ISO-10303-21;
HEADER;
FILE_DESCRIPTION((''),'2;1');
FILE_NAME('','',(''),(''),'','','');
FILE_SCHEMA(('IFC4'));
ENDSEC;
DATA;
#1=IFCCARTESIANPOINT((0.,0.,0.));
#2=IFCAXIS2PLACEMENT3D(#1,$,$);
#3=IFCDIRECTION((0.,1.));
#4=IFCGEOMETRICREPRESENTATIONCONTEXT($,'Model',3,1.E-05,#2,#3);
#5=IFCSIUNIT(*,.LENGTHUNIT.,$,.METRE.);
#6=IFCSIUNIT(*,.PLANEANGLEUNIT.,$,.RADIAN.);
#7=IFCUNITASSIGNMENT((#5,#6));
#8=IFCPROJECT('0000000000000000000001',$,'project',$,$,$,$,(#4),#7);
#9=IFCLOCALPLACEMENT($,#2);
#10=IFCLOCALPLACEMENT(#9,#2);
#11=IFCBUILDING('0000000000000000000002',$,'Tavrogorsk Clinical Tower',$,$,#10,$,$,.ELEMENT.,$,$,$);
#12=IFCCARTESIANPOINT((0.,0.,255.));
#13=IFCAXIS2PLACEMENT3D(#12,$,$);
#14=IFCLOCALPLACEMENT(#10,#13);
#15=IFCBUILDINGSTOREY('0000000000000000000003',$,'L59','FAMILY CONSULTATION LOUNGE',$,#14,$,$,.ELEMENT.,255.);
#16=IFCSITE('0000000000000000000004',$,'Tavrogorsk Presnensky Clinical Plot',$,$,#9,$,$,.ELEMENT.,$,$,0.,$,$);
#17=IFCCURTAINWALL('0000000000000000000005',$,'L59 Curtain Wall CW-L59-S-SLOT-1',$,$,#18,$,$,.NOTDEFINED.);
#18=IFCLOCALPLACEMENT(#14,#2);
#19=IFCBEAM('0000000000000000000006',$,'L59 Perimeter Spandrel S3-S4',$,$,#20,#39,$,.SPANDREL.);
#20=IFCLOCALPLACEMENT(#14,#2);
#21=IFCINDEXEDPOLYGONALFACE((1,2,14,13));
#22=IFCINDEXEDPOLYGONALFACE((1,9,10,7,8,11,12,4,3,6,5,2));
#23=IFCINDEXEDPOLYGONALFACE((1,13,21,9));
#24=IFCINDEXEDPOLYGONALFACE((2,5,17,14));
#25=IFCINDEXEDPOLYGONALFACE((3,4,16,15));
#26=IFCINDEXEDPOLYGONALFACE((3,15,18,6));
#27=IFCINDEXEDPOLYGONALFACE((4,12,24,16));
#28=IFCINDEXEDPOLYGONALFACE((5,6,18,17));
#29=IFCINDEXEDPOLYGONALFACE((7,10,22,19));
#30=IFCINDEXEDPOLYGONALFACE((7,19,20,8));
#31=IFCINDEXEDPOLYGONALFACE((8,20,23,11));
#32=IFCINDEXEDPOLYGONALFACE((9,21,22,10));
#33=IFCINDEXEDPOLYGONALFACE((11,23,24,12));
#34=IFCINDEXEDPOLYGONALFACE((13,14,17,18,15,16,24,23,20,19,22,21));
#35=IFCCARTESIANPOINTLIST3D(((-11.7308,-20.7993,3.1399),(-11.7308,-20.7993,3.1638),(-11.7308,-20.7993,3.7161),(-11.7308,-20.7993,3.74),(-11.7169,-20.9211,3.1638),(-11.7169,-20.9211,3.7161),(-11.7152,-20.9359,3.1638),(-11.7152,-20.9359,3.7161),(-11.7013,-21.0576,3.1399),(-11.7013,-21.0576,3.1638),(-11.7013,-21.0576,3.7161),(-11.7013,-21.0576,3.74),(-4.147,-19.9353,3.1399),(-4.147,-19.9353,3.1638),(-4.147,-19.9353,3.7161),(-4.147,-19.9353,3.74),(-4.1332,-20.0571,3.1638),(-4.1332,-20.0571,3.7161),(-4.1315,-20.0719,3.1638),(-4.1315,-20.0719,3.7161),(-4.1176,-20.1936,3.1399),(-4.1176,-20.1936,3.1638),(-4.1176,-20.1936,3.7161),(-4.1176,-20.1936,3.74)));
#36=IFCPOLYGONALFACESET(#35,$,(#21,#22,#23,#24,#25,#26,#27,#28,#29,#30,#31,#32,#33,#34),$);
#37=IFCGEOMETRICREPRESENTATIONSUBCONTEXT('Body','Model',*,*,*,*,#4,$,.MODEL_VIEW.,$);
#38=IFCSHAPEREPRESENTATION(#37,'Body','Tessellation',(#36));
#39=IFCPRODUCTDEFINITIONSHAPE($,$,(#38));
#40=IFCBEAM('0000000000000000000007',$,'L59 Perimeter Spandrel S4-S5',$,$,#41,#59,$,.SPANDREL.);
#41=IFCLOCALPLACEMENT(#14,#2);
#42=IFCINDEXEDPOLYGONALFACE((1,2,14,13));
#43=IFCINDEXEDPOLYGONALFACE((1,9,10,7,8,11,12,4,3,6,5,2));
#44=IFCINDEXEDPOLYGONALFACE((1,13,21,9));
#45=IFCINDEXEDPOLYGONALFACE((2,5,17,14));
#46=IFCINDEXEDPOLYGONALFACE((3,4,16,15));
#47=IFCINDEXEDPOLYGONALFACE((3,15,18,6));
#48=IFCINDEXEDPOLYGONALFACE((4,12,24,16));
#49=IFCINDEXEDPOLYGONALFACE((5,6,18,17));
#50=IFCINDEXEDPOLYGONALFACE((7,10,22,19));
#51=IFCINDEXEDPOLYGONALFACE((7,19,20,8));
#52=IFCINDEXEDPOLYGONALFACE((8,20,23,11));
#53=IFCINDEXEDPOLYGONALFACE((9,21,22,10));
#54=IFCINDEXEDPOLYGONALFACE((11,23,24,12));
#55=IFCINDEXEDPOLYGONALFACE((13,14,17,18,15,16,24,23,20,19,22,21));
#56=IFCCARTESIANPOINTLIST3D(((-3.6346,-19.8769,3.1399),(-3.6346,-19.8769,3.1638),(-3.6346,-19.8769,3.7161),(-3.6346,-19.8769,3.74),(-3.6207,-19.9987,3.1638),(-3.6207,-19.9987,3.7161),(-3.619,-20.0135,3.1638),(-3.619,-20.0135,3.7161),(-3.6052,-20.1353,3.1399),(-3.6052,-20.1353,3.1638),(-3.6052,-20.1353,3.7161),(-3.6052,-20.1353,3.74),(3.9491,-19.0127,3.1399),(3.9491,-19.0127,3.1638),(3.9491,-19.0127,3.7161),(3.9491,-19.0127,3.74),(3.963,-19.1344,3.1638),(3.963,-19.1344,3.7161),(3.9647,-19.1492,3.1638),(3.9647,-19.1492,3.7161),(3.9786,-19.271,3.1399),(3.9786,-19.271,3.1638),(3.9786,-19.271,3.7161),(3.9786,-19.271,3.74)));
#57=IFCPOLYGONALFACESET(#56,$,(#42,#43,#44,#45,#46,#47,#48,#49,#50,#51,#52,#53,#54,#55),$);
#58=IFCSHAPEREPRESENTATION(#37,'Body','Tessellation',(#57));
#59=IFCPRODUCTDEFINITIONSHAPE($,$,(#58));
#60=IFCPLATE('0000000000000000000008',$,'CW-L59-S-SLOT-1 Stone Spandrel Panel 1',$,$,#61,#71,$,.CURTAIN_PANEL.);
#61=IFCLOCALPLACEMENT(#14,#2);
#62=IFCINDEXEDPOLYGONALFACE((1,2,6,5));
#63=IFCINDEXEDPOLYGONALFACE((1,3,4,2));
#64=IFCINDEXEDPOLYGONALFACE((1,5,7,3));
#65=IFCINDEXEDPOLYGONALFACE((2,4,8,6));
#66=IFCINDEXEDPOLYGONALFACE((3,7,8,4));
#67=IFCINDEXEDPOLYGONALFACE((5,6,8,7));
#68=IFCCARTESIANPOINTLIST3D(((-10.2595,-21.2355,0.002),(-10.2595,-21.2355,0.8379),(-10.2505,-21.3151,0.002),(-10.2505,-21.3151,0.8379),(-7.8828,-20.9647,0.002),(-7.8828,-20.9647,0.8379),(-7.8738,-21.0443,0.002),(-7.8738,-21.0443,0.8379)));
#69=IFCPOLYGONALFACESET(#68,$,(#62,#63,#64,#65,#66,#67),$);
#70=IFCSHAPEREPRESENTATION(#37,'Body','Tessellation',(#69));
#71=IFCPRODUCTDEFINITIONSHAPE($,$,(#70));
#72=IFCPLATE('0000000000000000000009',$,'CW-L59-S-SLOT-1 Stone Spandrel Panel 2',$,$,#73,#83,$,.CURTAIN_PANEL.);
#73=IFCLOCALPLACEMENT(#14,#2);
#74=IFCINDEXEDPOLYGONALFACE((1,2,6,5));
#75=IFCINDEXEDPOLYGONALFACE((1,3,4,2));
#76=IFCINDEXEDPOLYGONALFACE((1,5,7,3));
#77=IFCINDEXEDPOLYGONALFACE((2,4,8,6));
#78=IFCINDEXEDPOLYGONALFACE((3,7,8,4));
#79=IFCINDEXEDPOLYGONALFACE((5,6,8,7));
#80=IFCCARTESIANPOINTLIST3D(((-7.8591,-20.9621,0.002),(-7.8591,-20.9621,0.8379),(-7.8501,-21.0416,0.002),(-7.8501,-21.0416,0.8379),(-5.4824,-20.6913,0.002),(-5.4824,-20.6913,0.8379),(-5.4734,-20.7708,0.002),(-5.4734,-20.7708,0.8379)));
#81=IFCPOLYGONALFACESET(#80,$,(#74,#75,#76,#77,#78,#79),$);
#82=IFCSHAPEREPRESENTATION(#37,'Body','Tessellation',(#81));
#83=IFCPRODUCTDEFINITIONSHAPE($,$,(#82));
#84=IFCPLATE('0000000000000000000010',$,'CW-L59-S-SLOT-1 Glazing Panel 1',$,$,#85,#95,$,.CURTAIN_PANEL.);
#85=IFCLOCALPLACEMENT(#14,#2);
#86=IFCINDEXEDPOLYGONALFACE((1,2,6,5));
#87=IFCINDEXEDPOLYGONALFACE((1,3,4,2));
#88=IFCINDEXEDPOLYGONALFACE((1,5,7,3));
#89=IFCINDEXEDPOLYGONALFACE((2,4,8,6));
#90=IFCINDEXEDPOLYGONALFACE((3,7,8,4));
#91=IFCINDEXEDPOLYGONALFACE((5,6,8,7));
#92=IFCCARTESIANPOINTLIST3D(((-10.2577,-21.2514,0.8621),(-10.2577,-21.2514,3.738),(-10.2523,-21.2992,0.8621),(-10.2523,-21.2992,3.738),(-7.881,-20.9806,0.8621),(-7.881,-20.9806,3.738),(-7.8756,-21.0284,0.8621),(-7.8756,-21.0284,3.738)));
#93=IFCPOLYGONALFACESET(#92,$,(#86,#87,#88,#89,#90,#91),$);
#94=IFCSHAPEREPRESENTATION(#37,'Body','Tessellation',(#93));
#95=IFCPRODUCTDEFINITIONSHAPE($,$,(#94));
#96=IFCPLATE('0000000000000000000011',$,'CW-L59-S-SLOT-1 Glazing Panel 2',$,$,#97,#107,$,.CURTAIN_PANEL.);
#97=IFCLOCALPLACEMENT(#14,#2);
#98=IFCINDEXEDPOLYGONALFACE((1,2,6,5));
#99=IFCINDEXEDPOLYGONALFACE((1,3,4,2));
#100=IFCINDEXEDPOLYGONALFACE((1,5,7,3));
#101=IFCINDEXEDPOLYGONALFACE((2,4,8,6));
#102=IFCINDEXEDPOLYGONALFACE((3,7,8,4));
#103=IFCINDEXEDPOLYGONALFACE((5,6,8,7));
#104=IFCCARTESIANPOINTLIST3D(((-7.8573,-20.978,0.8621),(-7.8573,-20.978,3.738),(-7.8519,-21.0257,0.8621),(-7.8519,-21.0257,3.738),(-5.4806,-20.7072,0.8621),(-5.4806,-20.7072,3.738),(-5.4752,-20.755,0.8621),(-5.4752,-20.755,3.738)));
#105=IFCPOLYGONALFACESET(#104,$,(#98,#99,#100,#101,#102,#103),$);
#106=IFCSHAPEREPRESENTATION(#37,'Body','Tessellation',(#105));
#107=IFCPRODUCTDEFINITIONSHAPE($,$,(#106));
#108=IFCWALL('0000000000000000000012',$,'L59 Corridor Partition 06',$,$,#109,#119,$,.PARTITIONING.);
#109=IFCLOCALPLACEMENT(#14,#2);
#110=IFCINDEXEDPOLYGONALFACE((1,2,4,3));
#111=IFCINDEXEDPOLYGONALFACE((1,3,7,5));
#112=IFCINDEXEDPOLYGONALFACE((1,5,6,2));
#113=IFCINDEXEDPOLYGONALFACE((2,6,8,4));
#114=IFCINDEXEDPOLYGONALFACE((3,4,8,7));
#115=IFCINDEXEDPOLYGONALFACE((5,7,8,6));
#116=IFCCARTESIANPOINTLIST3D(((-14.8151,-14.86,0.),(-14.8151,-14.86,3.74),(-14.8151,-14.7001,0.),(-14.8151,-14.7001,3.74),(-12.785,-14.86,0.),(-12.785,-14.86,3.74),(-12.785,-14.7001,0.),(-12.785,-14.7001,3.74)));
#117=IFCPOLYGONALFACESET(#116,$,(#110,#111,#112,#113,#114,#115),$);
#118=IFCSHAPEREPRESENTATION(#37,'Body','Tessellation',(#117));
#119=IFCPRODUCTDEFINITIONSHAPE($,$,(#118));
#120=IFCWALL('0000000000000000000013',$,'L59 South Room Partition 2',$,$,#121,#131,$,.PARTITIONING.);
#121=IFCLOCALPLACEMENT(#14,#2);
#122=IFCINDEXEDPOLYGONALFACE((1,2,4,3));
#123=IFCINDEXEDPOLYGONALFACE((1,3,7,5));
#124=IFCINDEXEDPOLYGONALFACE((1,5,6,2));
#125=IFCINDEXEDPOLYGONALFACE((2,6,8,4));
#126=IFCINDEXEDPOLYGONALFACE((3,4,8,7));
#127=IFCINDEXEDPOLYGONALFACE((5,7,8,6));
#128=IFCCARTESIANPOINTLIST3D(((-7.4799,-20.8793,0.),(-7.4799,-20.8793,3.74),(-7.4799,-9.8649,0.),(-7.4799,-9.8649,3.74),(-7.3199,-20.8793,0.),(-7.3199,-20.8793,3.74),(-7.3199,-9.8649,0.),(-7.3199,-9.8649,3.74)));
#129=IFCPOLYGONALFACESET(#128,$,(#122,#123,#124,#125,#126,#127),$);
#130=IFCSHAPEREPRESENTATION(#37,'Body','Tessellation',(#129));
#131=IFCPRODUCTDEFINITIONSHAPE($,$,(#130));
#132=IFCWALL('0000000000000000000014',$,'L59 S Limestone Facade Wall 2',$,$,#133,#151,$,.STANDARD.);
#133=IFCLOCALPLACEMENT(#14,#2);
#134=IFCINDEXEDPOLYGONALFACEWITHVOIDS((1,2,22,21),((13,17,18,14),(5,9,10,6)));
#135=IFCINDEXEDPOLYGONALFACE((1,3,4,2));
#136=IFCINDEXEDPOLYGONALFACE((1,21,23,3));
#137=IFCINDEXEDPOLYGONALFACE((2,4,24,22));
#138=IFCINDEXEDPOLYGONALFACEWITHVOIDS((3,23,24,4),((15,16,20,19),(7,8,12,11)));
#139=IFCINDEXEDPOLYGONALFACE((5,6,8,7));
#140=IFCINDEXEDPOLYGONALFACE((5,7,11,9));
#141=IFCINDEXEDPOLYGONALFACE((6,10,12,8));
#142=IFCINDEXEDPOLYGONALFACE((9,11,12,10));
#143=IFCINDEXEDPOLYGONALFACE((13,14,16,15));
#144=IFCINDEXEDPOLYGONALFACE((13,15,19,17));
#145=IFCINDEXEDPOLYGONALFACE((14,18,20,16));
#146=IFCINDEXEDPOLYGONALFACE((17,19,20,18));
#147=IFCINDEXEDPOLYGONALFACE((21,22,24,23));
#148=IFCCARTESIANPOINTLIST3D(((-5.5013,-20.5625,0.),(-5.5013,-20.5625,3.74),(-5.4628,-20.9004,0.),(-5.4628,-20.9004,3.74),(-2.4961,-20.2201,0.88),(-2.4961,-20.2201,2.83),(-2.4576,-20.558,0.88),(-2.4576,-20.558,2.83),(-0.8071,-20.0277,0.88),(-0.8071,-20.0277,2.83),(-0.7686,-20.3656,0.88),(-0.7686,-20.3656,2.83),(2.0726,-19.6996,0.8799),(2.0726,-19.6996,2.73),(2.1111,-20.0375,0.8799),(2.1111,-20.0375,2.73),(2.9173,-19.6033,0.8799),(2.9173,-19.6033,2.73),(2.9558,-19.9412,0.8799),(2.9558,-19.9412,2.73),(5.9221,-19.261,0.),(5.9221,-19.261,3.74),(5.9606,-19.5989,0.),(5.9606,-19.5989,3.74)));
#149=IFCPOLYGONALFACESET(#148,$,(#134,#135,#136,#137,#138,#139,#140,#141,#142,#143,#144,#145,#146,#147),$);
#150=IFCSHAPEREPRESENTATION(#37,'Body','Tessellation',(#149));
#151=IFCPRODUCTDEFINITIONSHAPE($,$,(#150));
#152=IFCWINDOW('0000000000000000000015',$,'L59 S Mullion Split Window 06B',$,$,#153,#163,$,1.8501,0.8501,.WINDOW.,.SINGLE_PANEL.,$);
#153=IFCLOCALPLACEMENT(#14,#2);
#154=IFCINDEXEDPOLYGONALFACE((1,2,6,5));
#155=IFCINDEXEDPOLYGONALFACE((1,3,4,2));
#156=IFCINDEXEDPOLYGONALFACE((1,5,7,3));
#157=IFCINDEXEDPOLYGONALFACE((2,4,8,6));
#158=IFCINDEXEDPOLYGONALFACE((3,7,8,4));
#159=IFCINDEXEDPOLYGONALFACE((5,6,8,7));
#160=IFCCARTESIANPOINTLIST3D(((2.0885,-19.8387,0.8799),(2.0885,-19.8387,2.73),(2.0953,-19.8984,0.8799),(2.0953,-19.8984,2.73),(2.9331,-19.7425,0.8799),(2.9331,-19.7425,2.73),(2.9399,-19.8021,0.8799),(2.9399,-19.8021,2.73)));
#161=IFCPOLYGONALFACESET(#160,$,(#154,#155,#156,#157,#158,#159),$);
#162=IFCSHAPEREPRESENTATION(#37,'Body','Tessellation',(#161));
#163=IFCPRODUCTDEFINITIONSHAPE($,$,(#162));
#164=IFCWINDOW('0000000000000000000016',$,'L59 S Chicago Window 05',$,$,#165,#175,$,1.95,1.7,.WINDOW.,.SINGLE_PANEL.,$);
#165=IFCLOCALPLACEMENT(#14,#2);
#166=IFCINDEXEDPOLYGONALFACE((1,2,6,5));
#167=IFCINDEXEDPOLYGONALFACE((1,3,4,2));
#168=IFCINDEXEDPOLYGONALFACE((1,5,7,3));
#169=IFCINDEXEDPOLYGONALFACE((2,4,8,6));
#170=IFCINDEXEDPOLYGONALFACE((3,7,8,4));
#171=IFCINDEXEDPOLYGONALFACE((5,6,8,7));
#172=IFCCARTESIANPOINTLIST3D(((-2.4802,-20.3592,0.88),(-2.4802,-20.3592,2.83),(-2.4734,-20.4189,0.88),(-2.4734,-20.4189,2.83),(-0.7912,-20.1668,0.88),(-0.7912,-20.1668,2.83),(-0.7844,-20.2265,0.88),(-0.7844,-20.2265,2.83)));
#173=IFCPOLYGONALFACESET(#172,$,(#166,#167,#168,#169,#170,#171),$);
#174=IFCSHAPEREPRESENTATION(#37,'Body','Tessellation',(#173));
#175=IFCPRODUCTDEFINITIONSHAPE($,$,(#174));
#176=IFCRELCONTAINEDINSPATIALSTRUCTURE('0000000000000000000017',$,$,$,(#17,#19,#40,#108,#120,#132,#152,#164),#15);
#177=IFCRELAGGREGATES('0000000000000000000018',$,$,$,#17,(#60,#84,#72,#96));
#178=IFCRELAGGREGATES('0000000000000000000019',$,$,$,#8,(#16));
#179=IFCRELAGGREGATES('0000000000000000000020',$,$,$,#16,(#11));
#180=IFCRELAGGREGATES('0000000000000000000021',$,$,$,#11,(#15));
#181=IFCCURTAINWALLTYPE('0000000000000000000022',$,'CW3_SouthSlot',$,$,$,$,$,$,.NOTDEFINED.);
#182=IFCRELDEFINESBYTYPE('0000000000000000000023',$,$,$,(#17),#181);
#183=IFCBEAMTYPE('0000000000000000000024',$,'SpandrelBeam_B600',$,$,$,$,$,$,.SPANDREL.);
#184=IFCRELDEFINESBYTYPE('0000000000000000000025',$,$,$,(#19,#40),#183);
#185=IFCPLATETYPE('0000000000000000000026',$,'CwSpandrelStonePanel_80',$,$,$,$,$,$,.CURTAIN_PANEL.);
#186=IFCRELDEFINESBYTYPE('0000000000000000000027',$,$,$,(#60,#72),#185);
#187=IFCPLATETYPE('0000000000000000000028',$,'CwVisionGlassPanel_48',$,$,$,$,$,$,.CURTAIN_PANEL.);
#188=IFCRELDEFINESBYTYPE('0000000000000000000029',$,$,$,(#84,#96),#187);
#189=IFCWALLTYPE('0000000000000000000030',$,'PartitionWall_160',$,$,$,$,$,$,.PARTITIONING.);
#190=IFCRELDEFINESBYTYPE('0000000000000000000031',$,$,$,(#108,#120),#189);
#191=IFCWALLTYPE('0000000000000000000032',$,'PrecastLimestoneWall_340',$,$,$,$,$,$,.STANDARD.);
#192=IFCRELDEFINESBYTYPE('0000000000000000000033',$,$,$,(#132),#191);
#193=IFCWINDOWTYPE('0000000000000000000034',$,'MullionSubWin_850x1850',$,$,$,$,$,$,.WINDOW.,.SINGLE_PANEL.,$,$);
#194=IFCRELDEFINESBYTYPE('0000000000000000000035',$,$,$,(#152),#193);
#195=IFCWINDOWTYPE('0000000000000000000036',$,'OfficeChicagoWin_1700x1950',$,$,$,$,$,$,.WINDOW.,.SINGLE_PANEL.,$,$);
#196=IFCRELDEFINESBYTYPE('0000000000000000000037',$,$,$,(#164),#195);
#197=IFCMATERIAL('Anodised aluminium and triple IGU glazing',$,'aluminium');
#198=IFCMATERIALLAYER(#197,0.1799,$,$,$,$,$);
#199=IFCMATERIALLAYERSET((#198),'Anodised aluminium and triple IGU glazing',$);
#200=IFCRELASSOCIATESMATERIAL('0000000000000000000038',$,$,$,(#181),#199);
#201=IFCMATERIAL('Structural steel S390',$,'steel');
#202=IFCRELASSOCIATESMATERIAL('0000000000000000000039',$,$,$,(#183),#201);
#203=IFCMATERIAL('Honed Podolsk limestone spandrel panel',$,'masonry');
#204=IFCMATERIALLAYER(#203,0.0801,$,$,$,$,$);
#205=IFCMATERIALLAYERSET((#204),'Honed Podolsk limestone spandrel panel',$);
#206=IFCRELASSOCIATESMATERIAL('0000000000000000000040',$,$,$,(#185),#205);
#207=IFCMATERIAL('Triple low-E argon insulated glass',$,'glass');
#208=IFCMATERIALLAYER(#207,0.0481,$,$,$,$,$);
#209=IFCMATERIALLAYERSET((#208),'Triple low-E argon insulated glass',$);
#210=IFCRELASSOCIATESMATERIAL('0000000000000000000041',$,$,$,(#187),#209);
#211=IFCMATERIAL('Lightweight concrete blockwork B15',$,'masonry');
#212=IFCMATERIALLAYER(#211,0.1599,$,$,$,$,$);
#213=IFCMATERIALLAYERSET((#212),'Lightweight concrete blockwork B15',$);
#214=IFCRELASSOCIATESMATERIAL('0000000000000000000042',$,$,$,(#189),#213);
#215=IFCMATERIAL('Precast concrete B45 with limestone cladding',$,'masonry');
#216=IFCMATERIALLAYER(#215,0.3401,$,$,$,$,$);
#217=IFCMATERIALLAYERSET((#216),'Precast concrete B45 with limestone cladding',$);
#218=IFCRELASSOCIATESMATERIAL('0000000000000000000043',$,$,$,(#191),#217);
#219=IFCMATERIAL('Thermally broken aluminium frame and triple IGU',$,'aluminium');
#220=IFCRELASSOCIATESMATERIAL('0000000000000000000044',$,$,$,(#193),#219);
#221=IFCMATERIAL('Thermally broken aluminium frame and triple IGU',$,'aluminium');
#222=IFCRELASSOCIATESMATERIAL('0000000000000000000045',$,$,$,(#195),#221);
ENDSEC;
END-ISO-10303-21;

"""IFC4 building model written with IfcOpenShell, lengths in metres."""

from ifc_helpers import new_model, si_unit, direction, frame, frame_2d, origin, origin_2d, place, context, subcontext, project, spatial, rectangle, i_section, extrude, material, layer, layer_set, material_profile, profile_set, type_object, element, fill, aggregate, save


model = new_model("IFC4")

# Units and contexts
model_context = context("Model", 3, precision=1e-05, world=origin(), true_north=direction((0.0, 1.0)))
body_context = subcontext(model_context, "Body", "Model", "MODEL_VIEW")
ifc_project = project(units=[si_unit("LENGTHUNIT", "METRE"), si_unit("PLANEANGLEUNIT", "RADIAN")], contexts=[model_context])

# Site, building, storey
site_placement = place(None, origin())
site = spatial("IfcSite", under=ifc_project, at=site_placement, Name="Tavrogorsk Presnensky Clinical Plot", CompositionType="ELEMENT", RefElevation=0.0)
building_placement = place(site_placement, origin())
building = spatial("IfcBuilding", under=site, at=building_placement, Name="Tavrogorsk Clinical Tower", CompositionType="ELEMENT")
storey_placement = place(building_placement, frame((0.0, 0.0, 255.0)))
storey = spatial("IfcBuildingStorey", under=building, at=storey_placement, Name="L59", Description="FAMILY CONSULTATION LOUNGE", CompositionType="ELEMENT", Elevation=255.0)

# Curtain wall
ifc_material_1 = material(Name="Anodised aluminium and triple IGU glazing", Category="aluminium")
ifc_layer_1 = layer(ifc_material_1, 0.1799)
ifc_layer_set_1 = layer_set([ifc_layer_1], Name="Anodised aluminium and triple IGU glazing")
curtain_wall_type = type_object("IfcCurtainWallType", Name="CW3_SouthSlot", PredefinedType="NOTDEFINED", material=ifc_layer_set_1)
curtain_wall_placement = place(storey_placement, origin())
curtain_wall = element("IfcCurtainWall", 1, at=curtain_wall_placement, inside=storey, type_object=curtain_wall_type, Name="L59 Curtain Wall CW-L59-S-SLOT-1", PredefinedType="NOTDEFINED")

# Beams
ifc_material_2 = material(Name="Structural steel S390", Category="steel")
ifc_material_profile_1 = material_profile(ifc_material_2, i_section(OverallWidth=0.26, OverallDepth=0.6001, WebThickness=0.0149, FlangeThickness=0.0239, at=origin_2d()), Name="B-600x260x15x24")
ifc_profile_set_1 = profile_set([ifc_material_profile_1], Name="Structural steel S390")
beam_type = type_object("IfcBeamType", Name="SpandrelBeam_B600", PredefinedType="SPANDREL", material=ifc_profile_set_1)
for number, where, z_axis, x_axis, name in (
    (2, (-11.7161, -20.9285, 3.4399), (0.993573, 0.113197, 0.0), (-0.113197, 0.993573, 0.0), "L59 Perimeter Spandrel S3-S4"),
    (3, (-3.6199, -20.0061, 3.4399), (0.993569, 0.113229, 0.0), (-0.113229, 0.993569, 0.0), "L59 Perimeter Spandrel S4-S5"),
):
    element("IfcBeam", number, at=place(storey_placement, frame(where, z_axis=z_axis, x_axis=x_axis)), inside=storey, type_object=beam_type, Name=name, PredefinedType="SPANDREL", context=body_context, shape_type="SweptSolid", body=[
        extrude(i_section(OverallWidth=0.26, OverallDepth=0.6001, WebThickness=0.0149, FlangeThickness=0.0239, at=origin_2d()), origin(), (0.0, 0.0, 1.0), 7.6328),
    ])

# Plates
ifc_material_3 = material(Name="Honed Podolsk limestone spandrel panel", Category="masonry")
ifc_layer_2 = layer(ifc_material_3, 0.0801)
ifc_layer_set_2 = layer_set([ifc_layer_2], Name="Honed Podolsk limestone spandrel panel")
plate_type_1 = type_object("IfcPlateType", Name="CwSpandrelStonePanel_80", PredefinedType="CURTAIN_PANEL", material=ifc_layer_set_2)
plate_1_placement = place(storey_placement, frame((-9.0667, -21.1399, 0.002), z_axis=(0.0, 0.0, 1.0), x_axis=(0.993572, 0.113203, 0.0)))
plate_1 = element("IfcPlate", 4, at=plate_1_placement, type_object=plate_type_1, Name="CW-L59-S-SLOT-1 Stone Spandrel Panel 1", PredefinedType="CURTAIN_PANEL", context=body_context, shape_type="SweptSolid", body=[
    extrude(rectangle(XDim=2.3921, YDim=0.0801, at=origin_2d()), origin(), (0.0, 0.0, 1.0), 0.8359),
])
plate_2_placement = place(storey_placement, frame((-6.6663, -20.8665, 0.002), z_axis=(0.0, 0.0, 1.0), x_axis=(0.993572, 0.113203, 0.0)))
plate_2 = element("IfcPlate", 5, at=plate_2_placement, type_object=plate_type_1, Name="CW-L59-S-SLOT-1 Stone Spandrel Panel 2", PredefinedType="CURTAIN_PANEL", context=body_context, shape_type="SweptSolid", body=[
    extrude(rectangle(XDim=2.3921, YDim=0.0801, at=origin_2d()), origin(), (0.0, 0.0, 1.0), 0.8359),
])
ifc_material_4 = material(Name="Triple low-E argon insulated glass", Category="glass")
ifc_layer_3 = layer(ifc_material_4, 0.0481)
ifc_layer_set_3 = layer_set([ifc_layer_3], Name="Triple low-E argon insulated glass")
plate_type_2 = type_object("IfcPlateType", Name="CwVisionGlassPanel_48", PredefinedType="CURTAIN_PANEL", material=ifc_layer_set_3)
plate_3_placement = place(storey_placement, frame((-9.0667, -21.1399, 0.8621), z_axis=(0.0, 0.0, 1.0), x_axis=(0.993572, 0.113203, 0.0)))
plate_3 = element("IfcPlate", 6, at=plate_3_placement, type_object=plate_type_2, Name="CW-L59-S-SLOT-1 Glazing Panel 1", PredefinedType="CURTAIN_PANEL", context=body_context, shape_type="SweptSolid", body=[
    extrude(rectangle(XDim=2.3921, YDim=0.0481, at=origin_2d()), origin(), (0.0, 0.0, 1.0), 2.876),
])
plate_4_placement = place(storey_placement, frame((-6.6663, -20.8665, 0.8621), z_axis=(0.0, 0.0, 1.0), x_axis=(0.993572, 0.113203, 0.0)))
plate_4 = element("IfcPlate", 7, at=plate_4_placement, type_object=plate_type_2, Name="CW-L59-S-SLOT-1 Glazing Panel 2", PredefinedType="CURTAIN_PANEL", context=body_context, shape_type="SweptSolid", body=[
    extrude(rectangle(XDim=2.3921, YDim=0.0481, at=origin_2d()), origin(), (0.0, 0.0, 1.0), 2.876),
])
aggregate(curtain_wall, [plate_1, plate_3, plate_2, plate_4])

# Walls
ifc_material_5 = material(Name="Lightweight concrete blockwork B15", Category="masonry")
ifc_layer_4 = layer(ifc_material_5, 0.1599)
ifc_layer_set_4 = layer_set([ifc_layer_4], Name="Lightweight concrete blockwork B15")
wall_type_1 = type_object("IfcWallType", Name="PartitionWall_160", PredefinedType="PARTITIONING", material=ifc_layer_set_4)
wall_1_placement = place(storey_placement, frame((-12.7849, -14.78, 0.0), z_axis=(0.0, 0.0, 1.0), x_axis=(-1.0, 0.0, 0.0)))
element("IfcWall", 8, at=wall_1_placement, inside=storey, type_object=wall_type_1, Name="L59 Corridor Partition 06", PredefinedType="PARTITIONING", context=body_context, shape_type="SweptSolid", body=[
    extrude(rectangle(XDim=2.03, YDim=0.1599, at=frame_2d((1.0151, 0.0))), origin(), (0.0, 0.0, 1.0), 3.74),
])
wall_2_placement = place(storey_placement, frame((-7.3999, -20.8794, 0.0), z_axis=(0.0, 0.0, 1.0), x_axis=(0.0, 1.0, 0.0)))
element("IfcWall", 9, at=wall_2_placement, inside=storey, type_object=wall_type_1, Name="L59 South Room Partition 2", PredefinedType="PARTITIONING", context=body_context, shape_type="SweptSolid", body=[
    extrude(rectangle(XDim=11.0144, YDim=0.1599, at=frame_2d((5.5073, 0.0))), origin(), (0.0, 0.0, 1.0), 3.74),
])

# Wall, openings, windows
ifc_material_6 = material(Name="Precast concrete B45 with limestone cladding", Category="masonry")
ifc_layer_5 = layer(ifc_material_6, 0.3401)
ifc_layer_set_5 = layer_set([ifc_layer_5], Name="Precast concrete B45 with limestone cladding")
wall_type_2 = type_object("IfcWallType", Name="PrecastLimestoneWall_340", PredefinedType="STANDARD", material=ifc_layer_set_5)
wall_3_placement = place(storey_placement, frame((-5.4819, -20.7314, 0.0), z_axis=(0.0, 0.0, 1.0), x_axis=(0.993572, 0.113202, 0.0)))
wall_3 = element("IfcWall", 10, at=wall_3_placement, inside=storey, type_object=wall_type_2, Name="L59 S Limestone Facade Wall 2", PredefinedType="STANDARD", context=body_context, shape_type="SweptSolid", body=[
    extrude(rectangle(XDim=11.4973, YDim=0.3401, at=frame_2d((5.7485, 0.0))), origin(), (0.0, 0.0, 1.0), 3.74),
])
opening_1_placement = place(wall_3_placement, frame((3.0244, 0.0, 0.8799)))
opening_1 = element("IfcOpeningElement", 11, at=opening_1_placement, cuts=wall_3, PredefinedType="OPENING", context=body_context, shape_type="SweptSolid", body=[
    extrude(rectangle(XDim=1.7, YDim=1.95, at=frame_2d((0.8501, 0.9751))), frame((0.0, 0.1799, 0.0), z_axis=(0.0, -1.0, 0.0), x_axis=(1.0, 0.0, 0.0)), (0.0, 0.0, 1.0), 0.3601),
])
opening_2_placement = place(wall_3_placement, frame((7.6228, 0.0, 0.8799)))
opening_2 = element("IfcOpeningElement", 12, at=opening_2_placement, cuts=wall_3, PredefinedType="OPENING", context=body_context, shape_type="SweptSolid", body=[
    extrude(rectangle(XDim=0.8501, YDim=1.8501, at=frame_2d((0.425, 0.925))), frame((0.0, 0.1799, 0.0), z_axis=(0.0, -1.0, 0.0), x_axis=(1.0, 0.0, 0.0)), (0.0, 0.0, 1.0), 0.3601),
])
ifc_material_7 = material(Name="Thermally broken aluminium frame and triple IGU", Category="aluminium")
window_type_1 = type_object("IfcWindowType", Name="MullionSubWin_850x1850", PartitioningType="SINGLE_PANEL", PredefinedType="WINDOW", material=ifc_material_7)
window_1_placement = place(opening_2_placement, origin())
window_1 = element("IfcWindow", 13, at=window_1_placement, inside=storey, type_object=window_type_1, Name="L59 S Mullion Split Window 06B", OverallHeight=1.8501, OverallWidth=0.8501, PartitioningType="SINGLE_PANEL", PredefinedType="WINDOW", context=body_context, shape_type="SweptSolid", body=[
    extrude(rectangle(XDim=0.8501, YDim=1.8501, at=frame_2d((0.425, 0.925))), frame((0.0, 0.03, 0.0), z_axis=(0.0, -1.0, 0.0), x_axis=(1.0, 0.0, 0.0)), (0.0, 0.0, 1.0), 0.0601),
])
fill(opening_2, window_1)
ifc_material_8 = material(Name="Thermally broken aluminium frame and triple IGU", Category="aluminium")
window_type_2 = type_object("IfcWindowType", Name="OfficeChicagoWin_1700x1950", PartitioningType="SINGLE_PANEL", PredefinedType="WINDOW", material=ifc_material_8)
window_2_placement = place(opening_1_placement, origin())
window_2 = element("IfcWindow", 14, at=window_2_placement, inside=storey, type_object=window_type_2, Name="L59 S Chicago Window 05", OverallHeight=1.95, OverallWidth=1.7, PartitioningType="SINGLE_PANEL", PredefinedType="WINDOW", context=body_context, shape_type="SweptSolid", body=[
    extrude(rectangle(XDim=1.7, YDim=1.95, at=frame_2d((0.8501, 0.9751))), frame((0.0, 0.03, 0.0), z_axis=(0.0, -1.0, 0.0), x_axis=(1.0, 0.0, 0.0)), (0.0, 0.0, 1.0), 0.0601),
])
fill(opening_1, window_2)

save(model, "model.ifc")
